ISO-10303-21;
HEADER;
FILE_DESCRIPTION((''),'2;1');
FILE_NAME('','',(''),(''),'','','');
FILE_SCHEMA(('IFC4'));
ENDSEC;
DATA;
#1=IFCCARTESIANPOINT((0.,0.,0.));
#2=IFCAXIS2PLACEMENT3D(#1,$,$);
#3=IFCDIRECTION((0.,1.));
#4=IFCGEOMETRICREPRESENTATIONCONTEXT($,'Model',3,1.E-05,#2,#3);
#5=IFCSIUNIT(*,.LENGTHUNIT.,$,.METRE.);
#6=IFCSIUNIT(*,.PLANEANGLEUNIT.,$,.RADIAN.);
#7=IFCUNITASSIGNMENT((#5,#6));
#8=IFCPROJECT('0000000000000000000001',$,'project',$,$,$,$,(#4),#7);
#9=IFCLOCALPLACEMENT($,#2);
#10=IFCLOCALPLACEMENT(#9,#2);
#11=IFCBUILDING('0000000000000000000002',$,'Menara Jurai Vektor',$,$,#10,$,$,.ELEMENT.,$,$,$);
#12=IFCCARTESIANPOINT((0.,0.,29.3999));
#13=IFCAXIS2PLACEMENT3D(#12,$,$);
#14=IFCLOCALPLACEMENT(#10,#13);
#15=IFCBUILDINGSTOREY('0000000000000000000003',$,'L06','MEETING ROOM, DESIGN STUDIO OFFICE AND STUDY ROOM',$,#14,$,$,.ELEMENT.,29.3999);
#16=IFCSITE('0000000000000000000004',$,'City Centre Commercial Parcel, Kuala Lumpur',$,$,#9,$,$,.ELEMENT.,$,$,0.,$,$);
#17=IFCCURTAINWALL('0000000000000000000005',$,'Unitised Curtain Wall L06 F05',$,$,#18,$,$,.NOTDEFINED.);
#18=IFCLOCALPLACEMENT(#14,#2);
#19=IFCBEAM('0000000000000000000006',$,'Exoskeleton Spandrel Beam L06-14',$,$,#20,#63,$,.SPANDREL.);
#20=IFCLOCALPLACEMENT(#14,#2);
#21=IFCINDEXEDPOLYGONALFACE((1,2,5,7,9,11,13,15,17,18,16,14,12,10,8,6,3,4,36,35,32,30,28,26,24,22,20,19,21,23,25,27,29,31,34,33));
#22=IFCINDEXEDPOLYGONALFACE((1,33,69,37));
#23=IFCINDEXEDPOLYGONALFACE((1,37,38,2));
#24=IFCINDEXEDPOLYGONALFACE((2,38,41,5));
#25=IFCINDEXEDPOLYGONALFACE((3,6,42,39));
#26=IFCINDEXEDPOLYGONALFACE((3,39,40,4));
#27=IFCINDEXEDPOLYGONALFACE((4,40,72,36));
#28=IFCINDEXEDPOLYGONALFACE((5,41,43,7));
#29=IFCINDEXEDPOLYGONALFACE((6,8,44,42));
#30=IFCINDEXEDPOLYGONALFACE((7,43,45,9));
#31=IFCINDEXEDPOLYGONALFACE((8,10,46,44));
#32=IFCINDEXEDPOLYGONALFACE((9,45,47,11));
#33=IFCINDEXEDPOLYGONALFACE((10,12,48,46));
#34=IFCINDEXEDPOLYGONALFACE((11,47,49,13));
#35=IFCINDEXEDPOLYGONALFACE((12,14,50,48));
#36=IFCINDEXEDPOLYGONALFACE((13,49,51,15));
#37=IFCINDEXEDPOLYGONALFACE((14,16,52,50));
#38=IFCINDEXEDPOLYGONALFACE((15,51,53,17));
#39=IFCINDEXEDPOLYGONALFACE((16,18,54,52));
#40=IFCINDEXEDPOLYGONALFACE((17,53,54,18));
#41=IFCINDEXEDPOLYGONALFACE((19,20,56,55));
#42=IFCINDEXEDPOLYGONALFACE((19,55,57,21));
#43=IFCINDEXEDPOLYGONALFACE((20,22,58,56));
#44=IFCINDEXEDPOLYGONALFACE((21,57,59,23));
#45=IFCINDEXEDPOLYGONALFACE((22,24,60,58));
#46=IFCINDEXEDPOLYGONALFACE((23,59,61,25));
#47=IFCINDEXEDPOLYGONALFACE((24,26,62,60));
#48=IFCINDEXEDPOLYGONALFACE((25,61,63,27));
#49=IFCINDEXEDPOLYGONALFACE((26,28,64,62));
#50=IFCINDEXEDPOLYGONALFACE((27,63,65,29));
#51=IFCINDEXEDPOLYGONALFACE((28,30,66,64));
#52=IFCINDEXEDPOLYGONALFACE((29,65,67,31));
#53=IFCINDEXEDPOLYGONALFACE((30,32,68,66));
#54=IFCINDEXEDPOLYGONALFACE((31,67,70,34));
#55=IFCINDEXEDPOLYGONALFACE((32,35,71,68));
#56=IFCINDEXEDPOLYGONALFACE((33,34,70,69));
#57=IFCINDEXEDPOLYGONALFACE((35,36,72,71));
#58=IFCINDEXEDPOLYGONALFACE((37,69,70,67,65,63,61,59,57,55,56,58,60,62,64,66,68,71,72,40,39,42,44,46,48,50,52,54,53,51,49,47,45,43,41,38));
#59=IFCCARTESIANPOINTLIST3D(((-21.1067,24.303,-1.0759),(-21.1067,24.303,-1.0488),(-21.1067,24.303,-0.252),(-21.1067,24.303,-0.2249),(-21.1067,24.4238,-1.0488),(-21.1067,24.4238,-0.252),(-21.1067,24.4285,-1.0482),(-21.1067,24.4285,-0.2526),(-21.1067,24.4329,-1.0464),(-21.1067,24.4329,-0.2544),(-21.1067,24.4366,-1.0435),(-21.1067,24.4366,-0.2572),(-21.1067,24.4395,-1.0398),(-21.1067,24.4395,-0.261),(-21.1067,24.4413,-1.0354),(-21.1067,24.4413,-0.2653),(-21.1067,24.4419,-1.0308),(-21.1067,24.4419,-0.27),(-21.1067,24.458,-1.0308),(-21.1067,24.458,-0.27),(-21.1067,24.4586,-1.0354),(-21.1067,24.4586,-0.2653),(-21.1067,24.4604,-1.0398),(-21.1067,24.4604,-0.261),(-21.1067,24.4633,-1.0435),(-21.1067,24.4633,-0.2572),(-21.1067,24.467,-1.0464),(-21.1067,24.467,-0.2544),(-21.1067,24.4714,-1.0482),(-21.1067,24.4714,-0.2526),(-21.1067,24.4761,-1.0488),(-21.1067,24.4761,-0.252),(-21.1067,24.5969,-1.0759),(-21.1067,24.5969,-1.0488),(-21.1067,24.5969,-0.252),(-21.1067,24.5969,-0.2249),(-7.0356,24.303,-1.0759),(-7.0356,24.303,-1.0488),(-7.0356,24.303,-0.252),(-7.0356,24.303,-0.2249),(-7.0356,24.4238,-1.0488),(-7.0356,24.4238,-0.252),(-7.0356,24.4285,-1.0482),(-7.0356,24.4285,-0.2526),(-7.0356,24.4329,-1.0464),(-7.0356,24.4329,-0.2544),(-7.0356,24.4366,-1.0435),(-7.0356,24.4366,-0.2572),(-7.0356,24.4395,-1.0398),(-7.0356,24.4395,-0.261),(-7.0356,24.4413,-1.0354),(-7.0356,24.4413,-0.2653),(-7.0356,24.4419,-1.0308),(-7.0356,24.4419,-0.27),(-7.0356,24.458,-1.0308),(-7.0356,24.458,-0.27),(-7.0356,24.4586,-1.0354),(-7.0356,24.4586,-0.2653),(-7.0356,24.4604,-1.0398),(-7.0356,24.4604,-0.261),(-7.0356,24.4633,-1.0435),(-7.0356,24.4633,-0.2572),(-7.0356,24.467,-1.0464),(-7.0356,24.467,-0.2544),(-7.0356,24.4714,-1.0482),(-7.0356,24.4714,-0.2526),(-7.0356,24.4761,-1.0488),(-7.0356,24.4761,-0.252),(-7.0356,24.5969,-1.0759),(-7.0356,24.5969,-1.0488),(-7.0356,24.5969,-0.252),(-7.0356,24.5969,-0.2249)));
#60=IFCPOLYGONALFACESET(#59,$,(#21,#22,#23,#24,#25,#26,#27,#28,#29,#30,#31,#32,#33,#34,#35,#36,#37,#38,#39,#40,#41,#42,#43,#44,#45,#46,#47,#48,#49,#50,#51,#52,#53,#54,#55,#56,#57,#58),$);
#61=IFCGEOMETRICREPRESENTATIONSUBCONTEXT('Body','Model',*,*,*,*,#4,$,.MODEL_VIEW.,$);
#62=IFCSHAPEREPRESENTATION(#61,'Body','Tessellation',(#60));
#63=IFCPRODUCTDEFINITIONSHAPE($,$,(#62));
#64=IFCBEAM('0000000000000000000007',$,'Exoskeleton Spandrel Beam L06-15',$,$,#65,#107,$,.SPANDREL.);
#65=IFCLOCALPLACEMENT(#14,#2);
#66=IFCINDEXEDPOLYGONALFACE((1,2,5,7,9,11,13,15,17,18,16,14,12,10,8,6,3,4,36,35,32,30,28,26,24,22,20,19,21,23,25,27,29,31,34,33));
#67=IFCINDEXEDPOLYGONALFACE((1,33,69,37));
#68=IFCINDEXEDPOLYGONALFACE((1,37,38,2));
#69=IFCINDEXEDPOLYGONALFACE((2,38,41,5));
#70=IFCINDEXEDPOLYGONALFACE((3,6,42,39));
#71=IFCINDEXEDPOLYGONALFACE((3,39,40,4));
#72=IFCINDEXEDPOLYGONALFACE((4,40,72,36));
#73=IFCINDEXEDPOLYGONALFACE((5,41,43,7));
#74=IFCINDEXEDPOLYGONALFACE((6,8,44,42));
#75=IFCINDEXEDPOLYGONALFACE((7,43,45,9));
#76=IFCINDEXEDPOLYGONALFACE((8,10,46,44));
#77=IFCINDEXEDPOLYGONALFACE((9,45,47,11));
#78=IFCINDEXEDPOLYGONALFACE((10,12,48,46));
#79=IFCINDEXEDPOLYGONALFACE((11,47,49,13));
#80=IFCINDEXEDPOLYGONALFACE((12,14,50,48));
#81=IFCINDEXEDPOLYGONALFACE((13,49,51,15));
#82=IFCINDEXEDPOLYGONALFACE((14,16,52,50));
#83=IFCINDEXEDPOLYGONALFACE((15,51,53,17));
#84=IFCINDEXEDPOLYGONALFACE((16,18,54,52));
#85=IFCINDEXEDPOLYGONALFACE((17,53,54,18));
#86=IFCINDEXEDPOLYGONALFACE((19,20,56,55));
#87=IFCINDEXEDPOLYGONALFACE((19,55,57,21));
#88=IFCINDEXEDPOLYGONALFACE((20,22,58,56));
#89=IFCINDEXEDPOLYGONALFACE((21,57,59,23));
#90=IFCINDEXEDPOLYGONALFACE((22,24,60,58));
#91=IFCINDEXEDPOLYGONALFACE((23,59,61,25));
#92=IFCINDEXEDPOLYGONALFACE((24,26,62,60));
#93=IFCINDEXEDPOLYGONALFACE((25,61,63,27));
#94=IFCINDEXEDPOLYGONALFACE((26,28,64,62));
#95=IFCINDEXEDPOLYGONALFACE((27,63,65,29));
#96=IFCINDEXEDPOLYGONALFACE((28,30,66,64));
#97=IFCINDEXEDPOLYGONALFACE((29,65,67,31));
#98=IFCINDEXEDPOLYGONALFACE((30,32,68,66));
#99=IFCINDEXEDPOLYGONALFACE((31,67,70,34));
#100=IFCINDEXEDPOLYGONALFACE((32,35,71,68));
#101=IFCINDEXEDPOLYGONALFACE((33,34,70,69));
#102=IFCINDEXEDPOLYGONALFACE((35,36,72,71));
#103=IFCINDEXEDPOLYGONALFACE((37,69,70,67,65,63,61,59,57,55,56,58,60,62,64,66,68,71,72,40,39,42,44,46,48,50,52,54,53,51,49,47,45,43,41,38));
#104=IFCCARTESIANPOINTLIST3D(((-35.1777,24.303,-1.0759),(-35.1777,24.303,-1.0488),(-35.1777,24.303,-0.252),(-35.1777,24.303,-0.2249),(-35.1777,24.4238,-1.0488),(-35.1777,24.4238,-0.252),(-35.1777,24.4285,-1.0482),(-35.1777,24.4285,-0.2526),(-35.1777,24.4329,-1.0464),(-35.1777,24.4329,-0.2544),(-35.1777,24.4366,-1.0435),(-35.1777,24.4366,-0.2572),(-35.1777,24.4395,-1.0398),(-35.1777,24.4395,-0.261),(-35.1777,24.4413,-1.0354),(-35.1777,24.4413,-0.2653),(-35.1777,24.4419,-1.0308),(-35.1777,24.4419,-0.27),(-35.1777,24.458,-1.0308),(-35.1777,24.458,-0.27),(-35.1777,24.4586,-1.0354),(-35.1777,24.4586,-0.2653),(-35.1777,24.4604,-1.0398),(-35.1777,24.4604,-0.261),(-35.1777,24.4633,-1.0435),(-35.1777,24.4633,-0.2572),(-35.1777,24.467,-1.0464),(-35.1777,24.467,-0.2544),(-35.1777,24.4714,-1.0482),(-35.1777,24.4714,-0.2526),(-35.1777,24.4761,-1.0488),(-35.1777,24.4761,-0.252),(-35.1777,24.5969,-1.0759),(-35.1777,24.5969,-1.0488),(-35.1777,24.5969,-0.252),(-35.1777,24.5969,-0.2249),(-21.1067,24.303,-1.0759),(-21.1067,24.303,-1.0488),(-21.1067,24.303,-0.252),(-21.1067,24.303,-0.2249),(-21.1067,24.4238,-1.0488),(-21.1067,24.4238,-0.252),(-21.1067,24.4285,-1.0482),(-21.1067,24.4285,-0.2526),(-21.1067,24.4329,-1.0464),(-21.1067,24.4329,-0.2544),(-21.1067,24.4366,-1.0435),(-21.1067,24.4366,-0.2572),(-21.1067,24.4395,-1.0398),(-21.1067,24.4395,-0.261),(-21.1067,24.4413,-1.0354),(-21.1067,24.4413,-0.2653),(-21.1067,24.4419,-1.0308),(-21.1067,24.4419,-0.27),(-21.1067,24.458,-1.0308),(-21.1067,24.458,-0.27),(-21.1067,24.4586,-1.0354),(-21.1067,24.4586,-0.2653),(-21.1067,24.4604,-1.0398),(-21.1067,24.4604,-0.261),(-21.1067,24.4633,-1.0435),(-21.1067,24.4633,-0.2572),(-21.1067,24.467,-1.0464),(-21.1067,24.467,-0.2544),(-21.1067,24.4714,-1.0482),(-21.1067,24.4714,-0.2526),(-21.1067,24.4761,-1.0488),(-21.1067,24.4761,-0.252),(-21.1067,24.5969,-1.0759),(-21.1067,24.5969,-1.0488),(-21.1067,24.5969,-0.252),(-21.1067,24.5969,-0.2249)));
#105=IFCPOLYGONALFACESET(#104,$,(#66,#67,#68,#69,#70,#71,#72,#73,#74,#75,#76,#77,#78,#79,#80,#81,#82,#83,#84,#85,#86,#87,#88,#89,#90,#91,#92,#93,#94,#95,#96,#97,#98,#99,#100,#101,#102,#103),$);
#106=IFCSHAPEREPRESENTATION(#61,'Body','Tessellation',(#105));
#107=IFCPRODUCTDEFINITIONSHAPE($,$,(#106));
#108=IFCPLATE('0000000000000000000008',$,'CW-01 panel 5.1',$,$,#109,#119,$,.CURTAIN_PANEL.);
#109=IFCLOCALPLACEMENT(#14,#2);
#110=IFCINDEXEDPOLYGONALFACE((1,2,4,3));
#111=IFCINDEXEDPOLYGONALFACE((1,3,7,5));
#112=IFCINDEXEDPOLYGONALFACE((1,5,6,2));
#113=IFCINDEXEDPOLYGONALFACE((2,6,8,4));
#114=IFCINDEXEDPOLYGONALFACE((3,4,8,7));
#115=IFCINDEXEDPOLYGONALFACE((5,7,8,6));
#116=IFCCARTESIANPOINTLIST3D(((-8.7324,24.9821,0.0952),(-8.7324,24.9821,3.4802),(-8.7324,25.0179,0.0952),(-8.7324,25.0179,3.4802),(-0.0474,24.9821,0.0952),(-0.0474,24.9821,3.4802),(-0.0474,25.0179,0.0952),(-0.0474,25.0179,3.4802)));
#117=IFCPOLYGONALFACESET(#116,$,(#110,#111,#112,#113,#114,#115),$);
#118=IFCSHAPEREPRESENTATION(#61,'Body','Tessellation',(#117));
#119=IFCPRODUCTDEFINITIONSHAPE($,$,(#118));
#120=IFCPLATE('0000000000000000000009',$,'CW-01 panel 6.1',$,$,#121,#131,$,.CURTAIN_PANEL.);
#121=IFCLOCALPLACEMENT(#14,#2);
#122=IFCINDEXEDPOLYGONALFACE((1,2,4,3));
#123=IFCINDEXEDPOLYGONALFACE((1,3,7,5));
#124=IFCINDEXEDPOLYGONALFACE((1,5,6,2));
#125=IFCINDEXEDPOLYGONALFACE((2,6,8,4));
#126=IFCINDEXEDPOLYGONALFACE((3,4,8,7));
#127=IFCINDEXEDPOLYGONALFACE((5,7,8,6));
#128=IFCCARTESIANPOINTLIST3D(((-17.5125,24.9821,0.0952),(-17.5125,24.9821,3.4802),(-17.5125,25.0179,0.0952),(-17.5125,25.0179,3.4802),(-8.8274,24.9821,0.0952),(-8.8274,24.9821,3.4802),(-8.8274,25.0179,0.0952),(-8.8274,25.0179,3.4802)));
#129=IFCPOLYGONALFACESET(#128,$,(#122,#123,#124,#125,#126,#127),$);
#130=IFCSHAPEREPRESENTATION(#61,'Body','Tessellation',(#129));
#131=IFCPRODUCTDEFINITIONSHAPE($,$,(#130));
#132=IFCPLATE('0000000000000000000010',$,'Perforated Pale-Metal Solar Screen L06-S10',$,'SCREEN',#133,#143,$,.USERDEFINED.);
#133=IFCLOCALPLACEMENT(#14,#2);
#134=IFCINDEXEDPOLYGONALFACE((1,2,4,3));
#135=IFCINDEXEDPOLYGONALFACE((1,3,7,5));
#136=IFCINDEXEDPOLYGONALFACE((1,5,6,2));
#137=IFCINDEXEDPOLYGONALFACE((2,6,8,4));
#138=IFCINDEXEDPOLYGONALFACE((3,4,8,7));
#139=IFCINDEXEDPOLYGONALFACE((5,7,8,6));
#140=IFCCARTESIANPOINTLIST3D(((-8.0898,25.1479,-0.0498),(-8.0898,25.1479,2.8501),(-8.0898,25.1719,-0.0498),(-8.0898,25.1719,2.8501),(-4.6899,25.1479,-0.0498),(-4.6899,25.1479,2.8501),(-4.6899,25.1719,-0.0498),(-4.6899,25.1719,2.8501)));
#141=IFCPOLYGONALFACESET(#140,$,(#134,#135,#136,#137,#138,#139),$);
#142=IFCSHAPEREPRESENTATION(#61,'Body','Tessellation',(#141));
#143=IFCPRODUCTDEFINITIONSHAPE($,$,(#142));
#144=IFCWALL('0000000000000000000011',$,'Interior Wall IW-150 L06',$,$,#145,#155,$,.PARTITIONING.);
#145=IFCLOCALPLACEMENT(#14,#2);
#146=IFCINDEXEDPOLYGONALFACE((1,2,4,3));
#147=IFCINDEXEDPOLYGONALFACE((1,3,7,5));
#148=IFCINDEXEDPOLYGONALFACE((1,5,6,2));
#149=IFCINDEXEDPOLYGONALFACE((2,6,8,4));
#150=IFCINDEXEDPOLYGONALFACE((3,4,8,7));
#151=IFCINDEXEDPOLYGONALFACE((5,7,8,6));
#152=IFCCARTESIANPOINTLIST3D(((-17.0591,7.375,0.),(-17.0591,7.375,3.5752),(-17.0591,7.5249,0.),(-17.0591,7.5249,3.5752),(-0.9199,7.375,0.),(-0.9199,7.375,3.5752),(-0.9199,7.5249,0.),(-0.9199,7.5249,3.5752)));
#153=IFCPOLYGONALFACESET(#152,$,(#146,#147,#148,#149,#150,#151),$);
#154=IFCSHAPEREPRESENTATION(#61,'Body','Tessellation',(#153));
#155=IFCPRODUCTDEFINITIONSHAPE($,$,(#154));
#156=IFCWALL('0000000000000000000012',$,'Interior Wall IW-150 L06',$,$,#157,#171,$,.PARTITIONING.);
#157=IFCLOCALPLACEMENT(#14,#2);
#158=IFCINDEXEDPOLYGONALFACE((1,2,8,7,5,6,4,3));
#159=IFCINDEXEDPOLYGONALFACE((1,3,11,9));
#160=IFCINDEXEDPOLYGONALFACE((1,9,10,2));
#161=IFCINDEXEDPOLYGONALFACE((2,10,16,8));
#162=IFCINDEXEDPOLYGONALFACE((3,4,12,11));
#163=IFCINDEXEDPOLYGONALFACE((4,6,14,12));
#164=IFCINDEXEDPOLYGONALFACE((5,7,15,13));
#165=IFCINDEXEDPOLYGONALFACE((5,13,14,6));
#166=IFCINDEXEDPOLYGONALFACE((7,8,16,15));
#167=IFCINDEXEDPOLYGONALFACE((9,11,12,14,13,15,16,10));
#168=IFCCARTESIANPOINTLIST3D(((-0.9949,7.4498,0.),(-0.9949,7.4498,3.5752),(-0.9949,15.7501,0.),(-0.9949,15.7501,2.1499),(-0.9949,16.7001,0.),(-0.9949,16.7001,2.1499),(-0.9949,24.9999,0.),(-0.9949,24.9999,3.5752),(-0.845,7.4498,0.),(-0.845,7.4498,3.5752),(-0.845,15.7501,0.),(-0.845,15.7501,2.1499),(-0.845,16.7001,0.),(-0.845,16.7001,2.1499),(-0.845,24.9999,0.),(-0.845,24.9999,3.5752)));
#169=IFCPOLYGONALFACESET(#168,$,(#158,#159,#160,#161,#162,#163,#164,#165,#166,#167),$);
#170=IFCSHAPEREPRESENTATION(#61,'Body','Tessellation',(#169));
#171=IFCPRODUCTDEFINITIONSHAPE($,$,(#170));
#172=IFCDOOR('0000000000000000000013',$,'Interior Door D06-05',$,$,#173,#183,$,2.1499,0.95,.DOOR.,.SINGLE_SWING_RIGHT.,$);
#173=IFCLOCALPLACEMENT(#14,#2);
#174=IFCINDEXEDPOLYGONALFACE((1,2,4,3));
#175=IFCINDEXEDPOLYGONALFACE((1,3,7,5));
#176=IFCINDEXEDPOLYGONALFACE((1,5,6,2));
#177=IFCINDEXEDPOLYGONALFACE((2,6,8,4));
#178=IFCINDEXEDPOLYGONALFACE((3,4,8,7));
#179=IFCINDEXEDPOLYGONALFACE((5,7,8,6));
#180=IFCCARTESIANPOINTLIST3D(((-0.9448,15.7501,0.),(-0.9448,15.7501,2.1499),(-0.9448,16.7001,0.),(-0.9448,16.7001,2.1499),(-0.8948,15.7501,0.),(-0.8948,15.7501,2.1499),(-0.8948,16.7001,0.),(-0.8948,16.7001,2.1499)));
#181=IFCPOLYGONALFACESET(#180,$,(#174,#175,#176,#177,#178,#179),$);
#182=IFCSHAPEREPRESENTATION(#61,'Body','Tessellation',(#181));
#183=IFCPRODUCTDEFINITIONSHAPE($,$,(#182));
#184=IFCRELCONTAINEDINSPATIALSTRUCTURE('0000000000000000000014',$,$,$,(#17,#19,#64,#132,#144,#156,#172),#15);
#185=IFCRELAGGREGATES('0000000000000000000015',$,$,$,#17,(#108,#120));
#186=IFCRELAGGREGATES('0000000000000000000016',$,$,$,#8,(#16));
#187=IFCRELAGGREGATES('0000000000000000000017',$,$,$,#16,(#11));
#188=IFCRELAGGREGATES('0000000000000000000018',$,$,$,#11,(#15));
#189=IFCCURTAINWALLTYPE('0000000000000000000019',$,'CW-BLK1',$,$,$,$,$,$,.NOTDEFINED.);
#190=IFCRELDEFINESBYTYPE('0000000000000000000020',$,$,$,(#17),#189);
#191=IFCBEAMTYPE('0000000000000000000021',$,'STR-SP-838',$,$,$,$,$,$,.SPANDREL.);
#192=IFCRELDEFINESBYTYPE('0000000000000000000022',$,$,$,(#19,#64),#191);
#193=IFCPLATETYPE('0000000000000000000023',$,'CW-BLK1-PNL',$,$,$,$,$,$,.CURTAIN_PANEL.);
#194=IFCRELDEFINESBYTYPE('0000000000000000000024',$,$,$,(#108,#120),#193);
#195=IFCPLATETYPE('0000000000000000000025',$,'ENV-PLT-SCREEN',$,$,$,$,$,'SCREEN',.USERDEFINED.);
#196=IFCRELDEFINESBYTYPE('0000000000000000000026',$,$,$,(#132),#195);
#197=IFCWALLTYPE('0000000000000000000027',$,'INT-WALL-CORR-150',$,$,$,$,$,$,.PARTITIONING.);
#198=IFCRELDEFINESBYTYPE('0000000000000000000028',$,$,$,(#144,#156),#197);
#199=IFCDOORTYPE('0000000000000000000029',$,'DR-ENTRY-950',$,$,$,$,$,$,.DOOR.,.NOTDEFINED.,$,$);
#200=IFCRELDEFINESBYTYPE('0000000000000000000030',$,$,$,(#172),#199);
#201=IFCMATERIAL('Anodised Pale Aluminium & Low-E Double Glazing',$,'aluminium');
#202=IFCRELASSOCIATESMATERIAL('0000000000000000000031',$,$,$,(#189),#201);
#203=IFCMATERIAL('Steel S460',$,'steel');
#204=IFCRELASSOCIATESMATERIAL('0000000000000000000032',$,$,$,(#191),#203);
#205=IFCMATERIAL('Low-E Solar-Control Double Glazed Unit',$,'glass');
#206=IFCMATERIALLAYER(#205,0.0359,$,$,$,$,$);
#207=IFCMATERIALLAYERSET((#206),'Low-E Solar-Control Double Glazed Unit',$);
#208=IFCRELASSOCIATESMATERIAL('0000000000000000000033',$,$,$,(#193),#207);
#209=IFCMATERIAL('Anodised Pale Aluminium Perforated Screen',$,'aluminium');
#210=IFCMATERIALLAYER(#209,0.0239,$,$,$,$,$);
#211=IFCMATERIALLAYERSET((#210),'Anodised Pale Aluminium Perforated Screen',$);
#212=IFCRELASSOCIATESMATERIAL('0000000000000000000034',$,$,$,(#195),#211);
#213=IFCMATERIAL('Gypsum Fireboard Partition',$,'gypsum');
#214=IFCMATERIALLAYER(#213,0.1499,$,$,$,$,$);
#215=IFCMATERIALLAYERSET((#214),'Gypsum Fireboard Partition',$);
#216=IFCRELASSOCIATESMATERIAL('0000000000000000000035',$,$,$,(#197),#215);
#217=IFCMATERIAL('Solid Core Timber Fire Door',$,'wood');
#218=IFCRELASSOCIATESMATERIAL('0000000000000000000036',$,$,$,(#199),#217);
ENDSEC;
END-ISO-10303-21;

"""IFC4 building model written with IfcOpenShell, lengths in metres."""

from ifc_helpers import new_model, si_unit, direction, frame, frame_2d, origin, origin_2d, place, context, subcontext, project, spatial, rectangle, i_section, extrude, material, layer, layer_set, material_profile, profile_set, type_object, element, fill, aggregate, save


model = new_model("IFC4")

# Units and contexts
model_context = context("Model", 3, precision=1e-05, world=origin(), true_north=direction((0.0, 1.0)))
body_context = subcontext(model_context, "Body", "Model", "MODEL_VIEW")
ifc_project = project(units=[si_unit("LENGTHUNIT", "METRE"), si_unit("PLANEANGLEUNIT", "RADIAN")], contexts=[model_context])

# Site, building, storey
site_placement = place(None, origin())
site = spatial("IfcSite", under=ifc_project, at=site_placement, Name="City Centre Commercial Parcel, Kuala Lumpur", CompositionType="ELEMENT", RefElevation=0.0)
building_placement = place(site_placement, origin())
building = spatial("IfcBuilding", under=site, at=building_placement, Name="Menara Jurai Vektor", CompositionType="ELEMENT")
storey_placement = place(building_placement, frame((0.0, 0.0, 29.3999)))
storey = spatial("IfcBuildingStorey", under=building, at=storey_placement, Name="L06", Description="MEETING ROOM, DESIGN STUDIO OFFICE AND STUDY ROOM", CompositionType="ELEMENT", Elevation=29.3999)

# Shared definitions
ifc_material_1 = material(Name="Steel S460", Category="steel")

# Curtain wall
ifc_material_2 = material(Name="Anodised Pale Aluminium & Low-E Double Glazing", Category="aluminium")
curtain_wall_type = type_object("IfcCurtainWallType", Name="CW-BLK1", PredefinedType="NOTDEFINED", material=ifc_material_2)
curtain_wall_placement = place(storey_placement, origin())
curtain_wall = element("IfcCurtainWall", 1, at=curtain_wall_placement, inside=storey, type_object=curtain_wall_type, Name="Unitised Curtain Wall L06 F05", PredefinedType="NOTDEFINED")

# Beams
ifc_material_profile_1 = material_profile(ifc_material_1, i_section(OverallWidth=0.2939, OverallDepth=0.8511, WebThickness=0.0161, FlangeThickness=0.0271, FilletRadius=0.0181, at=origin_2d()), Name="UKB 838x292x226")
ifc_profile_set_1 = profile_set([ifc_material_profile_1], Name="Steel S460")
beam_type_1 = type_object("IfcBeamType", Name="STR-SP-838", PredefinedType="SPANDREL", material=ifc_profile_set_1)
for number, where, z_axis, x_axis, name in (
    (2, (-7.0356, 24.45, -0.6504), (-1.0, 0.0, 0.0), (0.0, -1.0, 0.0), "Exoskeleton Spandrel Beam L06-14"),
    (3, (-21.1067, 24.45, -0.6504), (-1.0, 0.0, 0.0), (0.0, -1.0, 0.0), "Exoskeleton Spandrel Beam L06-15"),
):
    element("IfcBeam", number, at=place(storey_placement, frame(where, z_axis=z_axis, x_axis=x_axis)), inside=storey, type_object=beam_type_1, Name=name, PredefinedType="SPANDREL", context=body_context, shape_type="SweptSolid", body=[
        extrude(i_section(OverallWidth=0.2939, OverallDepth=0.8511, WebThickness=0.0161, FlangeThickness=0.0271, FilletRadius=0.0181, at=origin_2d()), origin(), (0.0, 0.0, 1.0), 14.071),
    ])

# Plates
ifc_material_3 = material(Name="Low-E Solar-Control Double Glazed Unit", Category="glass")
ifc_layer_1 = layer(ifc_material_3, 0.0359)
ifc_layer_set_1 = layer_set([ifc_layer_1], Name="Low-E Solar-Control Double Glazed Unit")
plate_type_1 = type_object("IfcPlateType", Name="CW-BLK1-PNL", PredefinedType="CURTAIN_PANEL", material=ifc_layer_set_1)
plate_1_placement = place(storey_placement, frame((-4.3899, 25.0, 0.0952), z_axis=(0.0, 0.0, 1.0), x_axis=(-1.0, 0.0, 0.0)))
plate_1 = element("IfcPlate", 4, at=plate_1_placement, type_object=plate_type_1, Name="CW-01 panel 5.1", PredefinedType="CURTAIN_PANEL", context=body_context, shape_type="SweptSolid", body=[
    extrude(rectangle(XDim=8.6851, YDim=0.0359, at=origin_2d()), origin(), (0.0, 0.0, 1.0), 3.385),
])
plate_2_placement = place(storey_placement, frame((-13.1699, 25.0, 0.0952), z_axis=(0.0, 0.0, 1.0), x_axis=(-1.0, 0.0, 0.0)))
plate_2 = element("IfcPlate", 5, at=plate_2_placement, type_object=plate_type_1, Name="CW-01 panel 6.1", PredefinedType="CURTAIN_PANEL", context=body_context, shape_type="SweptSolid", body=[
    extrude(rectangle(XDim=8.6851, YDim=0.0359, at=origin_2d()), origin(), (0.0, 0.0, 1.0), 3.385),
])
aggregate(curtain_wall, [plate_1, plate_2])
ifc_material_4 = material(Name="Anodised Pale Aluminium Perforated Screen", Category="aluminium")
ifc_layer_2 = layer(ifc_material_4, 0.0239)
ifc_layer_set_2 = layer_set([ifc_layer_2], Name="Anodised Pale Aluminium Perforated Screen")
plate_type_2 = type_object("IfcPlateType", Name="ENV-PLT-SCREEN", ElementType="SCREEN", PredefinedType="USERDEFINED", material=ifc_layer_set_2)
plate_3_placement = place(storey_placement, frame((-6.3899, 25.1599, -0.0498), z_axis=(0.0, 0.0, 1.0), x_axis=(-1.0, 0.0, 0.0)))
element("IfcPlate", 6, at=plate_3_placement, inside=storey, type_object=plate_type_2, Name="Perforated Pale-Metal Solar Screen L06-S10", ObjectType="SCREEN", PredefinedType="USERDEFINED", context=body_context, shape_type="SweptSolid", body=[
    extrude(rectangle(XDim=3.3999, YDim=0.0239, at=origin_2d()), origin(), (0.0, 0.0, 1.0), 2.8999),
])

# Wall
ifc_material_5 = material(Name="Gypsum Fireboard Partition", Category="gypsum")
ifc_layer_3 = layer(ifc_material_5, 0.1499)
ifc_layer_set_3 = layer_set([ifc_layer_3], Name="Gypsum Fireboard Partition")
wall_type = type_object("IfcWallType", Name="INT-WALL-CORR-150", PredefinedType="PARTITIONING", material=ifc_layer_set_3)
wall_1_placement = place(storey_placement, frame((-17.0591, 7.45, 0.0), z_axis=(0.0, 0.0, 1.0), x_axis=(1.0, 0.0, 0.0)))
element("IfcWall", 7, at=wall_1_placement, inside=storey, type_object=wall_type, Name="Interior Wall IW-150 L06", PredefinedType="PARTITIONING", context=body_context, shape_type="SweptSolid", body=[
    extrude(rectangle(XDim=16.1392, YDim=0.1499, at=frame_2d((8.0696, 0.0))), origin(), (0.0, 0.0, 1.0), 3.5752),
])

# Wall, opening, door
wall_2_placement = place(storey_placement, frame((-0.9199, 7.45, 0.0), z_axis=(0.0, 0.0, 1.0), x_axis=(0.0, 1.0, 0.0)))
wall_2 = element("IfcWall", 8, at=wall_2_placement, inside=storey, type_object=wall_type, Name="Interior Wall IW-150 L06", PredefinedType="PARTITIONING", context=body_context, shape_type="SweptSolid", body=[
    extrude(rectangle(XDim=17.55, YDim=0.1499, at=frame_2d((8.7749, 0.0))), origin(), (0.0, 0.0, 1.0), 3.5752),
])
opening_placement = place(wall_2_placement, frame((8.3, 0.0, 0.0)))
opening = element("IfcOpeningElement", 9, at=opening_placement, cuts=wall_2, PredefinedType="OPENING", context=body_context, shape_type="SweptSolid", body=[
    extrude(rectangle(XDim=0.95, YDim=2.1499, at=frame_2d((0.4751, 1.075))), frame((0.0, 0.085, 0.0), z_axis=(0.0, -1.0, 0.0), x_axis=(1.0, 0.0, 0.0)), (0.0, 0.0, 1.0), 0.1699),
])
ifc_material_6 = material(Name="Solid Core Timber Fire Door", Category="wood")
door_type = type_object("IfcDoorType", Name="DR-ENTRY-950", OperationType="NOTDEFINED", PredefinedType="DOOR", material=ifc_material_6)
door_placement = place(opening_placement, origin())
door = element("IfcDoor", 10, at=door_placement, inside=storey, type_object=door_type, Name="Interior Door D06-05", OperationType="SINGLE_SWING_RIGHT", OverallHeight=2.1499, OverallWidth=0.95, PredefinedType="DOOR", context=body_context, shape_type="SweptSolid", body=[
    extrude(rectangle(XDim=0.95, YDim=2.1499, at=frame_2d((0.4751, 1.075))), frame((0.0, 0.0249, 0.0), z_axis=(0.0, -1.0, 0.0), x_axis=(1.0, 0.0, 0.0)), (0.0, 0.0, 1.0), 0.05),
])
fill(opening, door)

save(model, "model.ifc")
